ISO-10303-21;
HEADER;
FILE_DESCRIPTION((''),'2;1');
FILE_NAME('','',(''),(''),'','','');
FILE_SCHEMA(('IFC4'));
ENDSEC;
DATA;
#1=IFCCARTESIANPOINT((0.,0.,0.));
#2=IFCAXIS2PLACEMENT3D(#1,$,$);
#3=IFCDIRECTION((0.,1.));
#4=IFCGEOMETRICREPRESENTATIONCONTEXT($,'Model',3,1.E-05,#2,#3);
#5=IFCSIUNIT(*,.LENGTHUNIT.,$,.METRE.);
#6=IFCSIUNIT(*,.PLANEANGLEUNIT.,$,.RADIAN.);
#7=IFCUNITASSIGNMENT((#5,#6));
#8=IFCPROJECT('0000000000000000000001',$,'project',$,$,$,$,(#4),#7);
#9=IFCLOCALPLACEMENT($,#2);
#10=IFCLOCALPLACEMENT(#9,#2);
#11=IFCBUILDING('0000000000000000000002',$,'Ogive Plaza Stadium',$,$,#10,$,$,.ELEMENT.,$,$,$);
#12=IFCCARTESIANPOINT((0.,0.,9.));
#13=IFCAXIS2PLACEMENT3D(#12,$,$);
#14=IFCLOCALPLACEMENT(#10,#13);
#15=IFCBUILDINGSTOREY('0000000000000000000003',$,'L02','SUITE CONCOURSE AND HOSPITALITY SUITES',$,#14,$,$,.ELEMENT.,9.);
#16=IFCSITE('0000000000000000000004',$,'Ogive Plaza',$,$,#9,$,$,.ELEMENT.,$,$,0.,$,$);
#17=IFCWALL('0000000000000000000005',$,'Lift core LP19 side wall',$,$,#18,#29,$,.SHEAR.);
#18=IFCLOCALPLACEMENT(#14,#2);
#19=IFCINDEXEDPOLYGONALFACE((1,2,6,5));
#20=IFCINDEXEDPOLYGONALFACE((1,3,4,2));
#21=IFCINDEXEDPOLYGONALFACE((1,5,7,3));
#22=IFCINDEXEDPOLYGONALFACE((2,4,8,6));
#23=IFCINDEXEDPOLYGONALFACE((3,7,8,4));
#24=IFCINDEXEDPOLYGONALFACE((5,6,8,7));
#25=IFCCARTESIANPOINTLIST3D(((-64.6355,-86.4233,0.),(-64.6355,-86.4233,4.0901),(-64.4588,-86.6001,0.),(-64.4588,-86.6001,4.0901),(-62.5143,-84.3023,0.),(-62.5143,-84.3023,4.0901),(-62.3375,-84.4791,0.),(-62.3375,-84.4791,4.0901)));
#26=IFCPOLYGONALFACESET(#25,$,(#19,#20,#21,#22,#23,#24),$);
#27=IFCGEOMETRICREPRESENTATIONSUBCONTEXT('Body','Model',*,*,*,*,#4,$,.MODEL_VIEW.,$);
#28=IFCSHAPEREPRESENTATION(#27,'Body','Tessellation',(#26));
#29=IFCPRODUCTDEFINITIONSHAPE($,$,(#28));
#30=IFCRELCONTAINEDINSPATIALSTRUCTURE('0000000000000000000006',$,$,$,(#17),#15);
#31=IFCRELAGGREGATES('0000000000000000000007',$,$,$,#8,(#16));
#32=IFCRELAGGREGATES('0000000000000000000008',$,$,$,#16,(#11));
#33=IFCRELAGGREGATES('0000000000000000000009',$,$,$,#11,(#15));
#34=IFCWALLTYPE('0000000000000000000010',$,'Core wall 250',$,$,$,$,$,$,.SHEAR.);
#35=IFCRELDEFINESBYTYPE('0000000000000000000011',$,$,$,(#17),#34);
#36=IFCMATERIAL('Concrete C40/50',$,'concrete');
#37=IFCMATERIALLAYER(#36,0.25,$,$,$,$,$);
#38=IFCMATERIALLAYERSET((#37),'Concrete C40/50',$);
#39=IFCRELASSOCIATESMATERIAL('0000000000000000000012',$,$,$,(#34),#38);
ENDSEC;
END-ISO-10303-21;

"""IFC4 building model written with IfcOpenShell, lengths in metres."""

from ifc_helpers import new_model, si_unit, direction, frame, frame_2d, origin, place, context, subcontext, project, spatial, rectangle, extrude, material, layer, layer_set, type_object, element, save


model = new_model("IFC4")

# Units and contexts
model_context = context("Model", 3, precision=1e-05, world=origin(), true_north=direction((0.0, 1.0)))
body_context = subcontext(model_context, "Body", "Model", "MODEL_VIEW")
ifc_project = project(units=[si_unit("LENGTHUNIT", "METRE"), si_unit("PLANEANGLEUNIT", "RADIAN")], contexts=[model_context])

# Site, building, storey
site_placement = place(None, origin())
site = spatial("IfcSite", under=ifc_project, at=site_placement, Name="Ogive Plaza", CompositionType="ELEMENT", RefElevation=0.0)
building_placement = place(site_placement, origin())
building = spatial("IfcBuilding", under=site, at=building_placement, Name="Ogive Plaza Stadium", CompositionType="ELEMENT")
storey_placement = place(building_placement, frame((0.0, 0.0, 9.0)))
storey = spatial("IfcBuildingStorey", under=building, at=storey_placement, Name="L02", Description="SUITE CONCOURSE AND HOSPITALITY SUITES", CompositionType="ELEMENT", Elevation=9.0)

# Wall
ifc_material_1 = material(Name="Concrete C40/50", Category="concrete")
ifc_layer_1 = layer(ifc_material_1, 0.25)
ifc_layer_set_1 = layer_set([ifc_layer_1], Name="Concrete C40/50")
wall_type = type_object("IfcWallType", Name="Core wall 250", PredefinedType="SHEAR", material=ifc_layer_set_1)
wall_placement = place(storey_placement, frame((-62.4258, -84.3906, 0.0), z_axis=(0.0, 0.0, 1.0), x_axis=(-0.707147, -0.707066, 0.0)))
element("IfcWall", 1, at=wall_placement, inside=storey, type_object=wall_type, Name="Lift core LP19 side wall", PredefinedType="SHEAR", context=body_context, shape_type="SweptSolid", body=[
    extrude(rectangle(XDim=2.9998, YDim=0.25, at=frame_2d((1.5, 0.0))), origin(), (0.0, 0.0, 1.0), 4.0901),
])

save(model, "model.ifc")
